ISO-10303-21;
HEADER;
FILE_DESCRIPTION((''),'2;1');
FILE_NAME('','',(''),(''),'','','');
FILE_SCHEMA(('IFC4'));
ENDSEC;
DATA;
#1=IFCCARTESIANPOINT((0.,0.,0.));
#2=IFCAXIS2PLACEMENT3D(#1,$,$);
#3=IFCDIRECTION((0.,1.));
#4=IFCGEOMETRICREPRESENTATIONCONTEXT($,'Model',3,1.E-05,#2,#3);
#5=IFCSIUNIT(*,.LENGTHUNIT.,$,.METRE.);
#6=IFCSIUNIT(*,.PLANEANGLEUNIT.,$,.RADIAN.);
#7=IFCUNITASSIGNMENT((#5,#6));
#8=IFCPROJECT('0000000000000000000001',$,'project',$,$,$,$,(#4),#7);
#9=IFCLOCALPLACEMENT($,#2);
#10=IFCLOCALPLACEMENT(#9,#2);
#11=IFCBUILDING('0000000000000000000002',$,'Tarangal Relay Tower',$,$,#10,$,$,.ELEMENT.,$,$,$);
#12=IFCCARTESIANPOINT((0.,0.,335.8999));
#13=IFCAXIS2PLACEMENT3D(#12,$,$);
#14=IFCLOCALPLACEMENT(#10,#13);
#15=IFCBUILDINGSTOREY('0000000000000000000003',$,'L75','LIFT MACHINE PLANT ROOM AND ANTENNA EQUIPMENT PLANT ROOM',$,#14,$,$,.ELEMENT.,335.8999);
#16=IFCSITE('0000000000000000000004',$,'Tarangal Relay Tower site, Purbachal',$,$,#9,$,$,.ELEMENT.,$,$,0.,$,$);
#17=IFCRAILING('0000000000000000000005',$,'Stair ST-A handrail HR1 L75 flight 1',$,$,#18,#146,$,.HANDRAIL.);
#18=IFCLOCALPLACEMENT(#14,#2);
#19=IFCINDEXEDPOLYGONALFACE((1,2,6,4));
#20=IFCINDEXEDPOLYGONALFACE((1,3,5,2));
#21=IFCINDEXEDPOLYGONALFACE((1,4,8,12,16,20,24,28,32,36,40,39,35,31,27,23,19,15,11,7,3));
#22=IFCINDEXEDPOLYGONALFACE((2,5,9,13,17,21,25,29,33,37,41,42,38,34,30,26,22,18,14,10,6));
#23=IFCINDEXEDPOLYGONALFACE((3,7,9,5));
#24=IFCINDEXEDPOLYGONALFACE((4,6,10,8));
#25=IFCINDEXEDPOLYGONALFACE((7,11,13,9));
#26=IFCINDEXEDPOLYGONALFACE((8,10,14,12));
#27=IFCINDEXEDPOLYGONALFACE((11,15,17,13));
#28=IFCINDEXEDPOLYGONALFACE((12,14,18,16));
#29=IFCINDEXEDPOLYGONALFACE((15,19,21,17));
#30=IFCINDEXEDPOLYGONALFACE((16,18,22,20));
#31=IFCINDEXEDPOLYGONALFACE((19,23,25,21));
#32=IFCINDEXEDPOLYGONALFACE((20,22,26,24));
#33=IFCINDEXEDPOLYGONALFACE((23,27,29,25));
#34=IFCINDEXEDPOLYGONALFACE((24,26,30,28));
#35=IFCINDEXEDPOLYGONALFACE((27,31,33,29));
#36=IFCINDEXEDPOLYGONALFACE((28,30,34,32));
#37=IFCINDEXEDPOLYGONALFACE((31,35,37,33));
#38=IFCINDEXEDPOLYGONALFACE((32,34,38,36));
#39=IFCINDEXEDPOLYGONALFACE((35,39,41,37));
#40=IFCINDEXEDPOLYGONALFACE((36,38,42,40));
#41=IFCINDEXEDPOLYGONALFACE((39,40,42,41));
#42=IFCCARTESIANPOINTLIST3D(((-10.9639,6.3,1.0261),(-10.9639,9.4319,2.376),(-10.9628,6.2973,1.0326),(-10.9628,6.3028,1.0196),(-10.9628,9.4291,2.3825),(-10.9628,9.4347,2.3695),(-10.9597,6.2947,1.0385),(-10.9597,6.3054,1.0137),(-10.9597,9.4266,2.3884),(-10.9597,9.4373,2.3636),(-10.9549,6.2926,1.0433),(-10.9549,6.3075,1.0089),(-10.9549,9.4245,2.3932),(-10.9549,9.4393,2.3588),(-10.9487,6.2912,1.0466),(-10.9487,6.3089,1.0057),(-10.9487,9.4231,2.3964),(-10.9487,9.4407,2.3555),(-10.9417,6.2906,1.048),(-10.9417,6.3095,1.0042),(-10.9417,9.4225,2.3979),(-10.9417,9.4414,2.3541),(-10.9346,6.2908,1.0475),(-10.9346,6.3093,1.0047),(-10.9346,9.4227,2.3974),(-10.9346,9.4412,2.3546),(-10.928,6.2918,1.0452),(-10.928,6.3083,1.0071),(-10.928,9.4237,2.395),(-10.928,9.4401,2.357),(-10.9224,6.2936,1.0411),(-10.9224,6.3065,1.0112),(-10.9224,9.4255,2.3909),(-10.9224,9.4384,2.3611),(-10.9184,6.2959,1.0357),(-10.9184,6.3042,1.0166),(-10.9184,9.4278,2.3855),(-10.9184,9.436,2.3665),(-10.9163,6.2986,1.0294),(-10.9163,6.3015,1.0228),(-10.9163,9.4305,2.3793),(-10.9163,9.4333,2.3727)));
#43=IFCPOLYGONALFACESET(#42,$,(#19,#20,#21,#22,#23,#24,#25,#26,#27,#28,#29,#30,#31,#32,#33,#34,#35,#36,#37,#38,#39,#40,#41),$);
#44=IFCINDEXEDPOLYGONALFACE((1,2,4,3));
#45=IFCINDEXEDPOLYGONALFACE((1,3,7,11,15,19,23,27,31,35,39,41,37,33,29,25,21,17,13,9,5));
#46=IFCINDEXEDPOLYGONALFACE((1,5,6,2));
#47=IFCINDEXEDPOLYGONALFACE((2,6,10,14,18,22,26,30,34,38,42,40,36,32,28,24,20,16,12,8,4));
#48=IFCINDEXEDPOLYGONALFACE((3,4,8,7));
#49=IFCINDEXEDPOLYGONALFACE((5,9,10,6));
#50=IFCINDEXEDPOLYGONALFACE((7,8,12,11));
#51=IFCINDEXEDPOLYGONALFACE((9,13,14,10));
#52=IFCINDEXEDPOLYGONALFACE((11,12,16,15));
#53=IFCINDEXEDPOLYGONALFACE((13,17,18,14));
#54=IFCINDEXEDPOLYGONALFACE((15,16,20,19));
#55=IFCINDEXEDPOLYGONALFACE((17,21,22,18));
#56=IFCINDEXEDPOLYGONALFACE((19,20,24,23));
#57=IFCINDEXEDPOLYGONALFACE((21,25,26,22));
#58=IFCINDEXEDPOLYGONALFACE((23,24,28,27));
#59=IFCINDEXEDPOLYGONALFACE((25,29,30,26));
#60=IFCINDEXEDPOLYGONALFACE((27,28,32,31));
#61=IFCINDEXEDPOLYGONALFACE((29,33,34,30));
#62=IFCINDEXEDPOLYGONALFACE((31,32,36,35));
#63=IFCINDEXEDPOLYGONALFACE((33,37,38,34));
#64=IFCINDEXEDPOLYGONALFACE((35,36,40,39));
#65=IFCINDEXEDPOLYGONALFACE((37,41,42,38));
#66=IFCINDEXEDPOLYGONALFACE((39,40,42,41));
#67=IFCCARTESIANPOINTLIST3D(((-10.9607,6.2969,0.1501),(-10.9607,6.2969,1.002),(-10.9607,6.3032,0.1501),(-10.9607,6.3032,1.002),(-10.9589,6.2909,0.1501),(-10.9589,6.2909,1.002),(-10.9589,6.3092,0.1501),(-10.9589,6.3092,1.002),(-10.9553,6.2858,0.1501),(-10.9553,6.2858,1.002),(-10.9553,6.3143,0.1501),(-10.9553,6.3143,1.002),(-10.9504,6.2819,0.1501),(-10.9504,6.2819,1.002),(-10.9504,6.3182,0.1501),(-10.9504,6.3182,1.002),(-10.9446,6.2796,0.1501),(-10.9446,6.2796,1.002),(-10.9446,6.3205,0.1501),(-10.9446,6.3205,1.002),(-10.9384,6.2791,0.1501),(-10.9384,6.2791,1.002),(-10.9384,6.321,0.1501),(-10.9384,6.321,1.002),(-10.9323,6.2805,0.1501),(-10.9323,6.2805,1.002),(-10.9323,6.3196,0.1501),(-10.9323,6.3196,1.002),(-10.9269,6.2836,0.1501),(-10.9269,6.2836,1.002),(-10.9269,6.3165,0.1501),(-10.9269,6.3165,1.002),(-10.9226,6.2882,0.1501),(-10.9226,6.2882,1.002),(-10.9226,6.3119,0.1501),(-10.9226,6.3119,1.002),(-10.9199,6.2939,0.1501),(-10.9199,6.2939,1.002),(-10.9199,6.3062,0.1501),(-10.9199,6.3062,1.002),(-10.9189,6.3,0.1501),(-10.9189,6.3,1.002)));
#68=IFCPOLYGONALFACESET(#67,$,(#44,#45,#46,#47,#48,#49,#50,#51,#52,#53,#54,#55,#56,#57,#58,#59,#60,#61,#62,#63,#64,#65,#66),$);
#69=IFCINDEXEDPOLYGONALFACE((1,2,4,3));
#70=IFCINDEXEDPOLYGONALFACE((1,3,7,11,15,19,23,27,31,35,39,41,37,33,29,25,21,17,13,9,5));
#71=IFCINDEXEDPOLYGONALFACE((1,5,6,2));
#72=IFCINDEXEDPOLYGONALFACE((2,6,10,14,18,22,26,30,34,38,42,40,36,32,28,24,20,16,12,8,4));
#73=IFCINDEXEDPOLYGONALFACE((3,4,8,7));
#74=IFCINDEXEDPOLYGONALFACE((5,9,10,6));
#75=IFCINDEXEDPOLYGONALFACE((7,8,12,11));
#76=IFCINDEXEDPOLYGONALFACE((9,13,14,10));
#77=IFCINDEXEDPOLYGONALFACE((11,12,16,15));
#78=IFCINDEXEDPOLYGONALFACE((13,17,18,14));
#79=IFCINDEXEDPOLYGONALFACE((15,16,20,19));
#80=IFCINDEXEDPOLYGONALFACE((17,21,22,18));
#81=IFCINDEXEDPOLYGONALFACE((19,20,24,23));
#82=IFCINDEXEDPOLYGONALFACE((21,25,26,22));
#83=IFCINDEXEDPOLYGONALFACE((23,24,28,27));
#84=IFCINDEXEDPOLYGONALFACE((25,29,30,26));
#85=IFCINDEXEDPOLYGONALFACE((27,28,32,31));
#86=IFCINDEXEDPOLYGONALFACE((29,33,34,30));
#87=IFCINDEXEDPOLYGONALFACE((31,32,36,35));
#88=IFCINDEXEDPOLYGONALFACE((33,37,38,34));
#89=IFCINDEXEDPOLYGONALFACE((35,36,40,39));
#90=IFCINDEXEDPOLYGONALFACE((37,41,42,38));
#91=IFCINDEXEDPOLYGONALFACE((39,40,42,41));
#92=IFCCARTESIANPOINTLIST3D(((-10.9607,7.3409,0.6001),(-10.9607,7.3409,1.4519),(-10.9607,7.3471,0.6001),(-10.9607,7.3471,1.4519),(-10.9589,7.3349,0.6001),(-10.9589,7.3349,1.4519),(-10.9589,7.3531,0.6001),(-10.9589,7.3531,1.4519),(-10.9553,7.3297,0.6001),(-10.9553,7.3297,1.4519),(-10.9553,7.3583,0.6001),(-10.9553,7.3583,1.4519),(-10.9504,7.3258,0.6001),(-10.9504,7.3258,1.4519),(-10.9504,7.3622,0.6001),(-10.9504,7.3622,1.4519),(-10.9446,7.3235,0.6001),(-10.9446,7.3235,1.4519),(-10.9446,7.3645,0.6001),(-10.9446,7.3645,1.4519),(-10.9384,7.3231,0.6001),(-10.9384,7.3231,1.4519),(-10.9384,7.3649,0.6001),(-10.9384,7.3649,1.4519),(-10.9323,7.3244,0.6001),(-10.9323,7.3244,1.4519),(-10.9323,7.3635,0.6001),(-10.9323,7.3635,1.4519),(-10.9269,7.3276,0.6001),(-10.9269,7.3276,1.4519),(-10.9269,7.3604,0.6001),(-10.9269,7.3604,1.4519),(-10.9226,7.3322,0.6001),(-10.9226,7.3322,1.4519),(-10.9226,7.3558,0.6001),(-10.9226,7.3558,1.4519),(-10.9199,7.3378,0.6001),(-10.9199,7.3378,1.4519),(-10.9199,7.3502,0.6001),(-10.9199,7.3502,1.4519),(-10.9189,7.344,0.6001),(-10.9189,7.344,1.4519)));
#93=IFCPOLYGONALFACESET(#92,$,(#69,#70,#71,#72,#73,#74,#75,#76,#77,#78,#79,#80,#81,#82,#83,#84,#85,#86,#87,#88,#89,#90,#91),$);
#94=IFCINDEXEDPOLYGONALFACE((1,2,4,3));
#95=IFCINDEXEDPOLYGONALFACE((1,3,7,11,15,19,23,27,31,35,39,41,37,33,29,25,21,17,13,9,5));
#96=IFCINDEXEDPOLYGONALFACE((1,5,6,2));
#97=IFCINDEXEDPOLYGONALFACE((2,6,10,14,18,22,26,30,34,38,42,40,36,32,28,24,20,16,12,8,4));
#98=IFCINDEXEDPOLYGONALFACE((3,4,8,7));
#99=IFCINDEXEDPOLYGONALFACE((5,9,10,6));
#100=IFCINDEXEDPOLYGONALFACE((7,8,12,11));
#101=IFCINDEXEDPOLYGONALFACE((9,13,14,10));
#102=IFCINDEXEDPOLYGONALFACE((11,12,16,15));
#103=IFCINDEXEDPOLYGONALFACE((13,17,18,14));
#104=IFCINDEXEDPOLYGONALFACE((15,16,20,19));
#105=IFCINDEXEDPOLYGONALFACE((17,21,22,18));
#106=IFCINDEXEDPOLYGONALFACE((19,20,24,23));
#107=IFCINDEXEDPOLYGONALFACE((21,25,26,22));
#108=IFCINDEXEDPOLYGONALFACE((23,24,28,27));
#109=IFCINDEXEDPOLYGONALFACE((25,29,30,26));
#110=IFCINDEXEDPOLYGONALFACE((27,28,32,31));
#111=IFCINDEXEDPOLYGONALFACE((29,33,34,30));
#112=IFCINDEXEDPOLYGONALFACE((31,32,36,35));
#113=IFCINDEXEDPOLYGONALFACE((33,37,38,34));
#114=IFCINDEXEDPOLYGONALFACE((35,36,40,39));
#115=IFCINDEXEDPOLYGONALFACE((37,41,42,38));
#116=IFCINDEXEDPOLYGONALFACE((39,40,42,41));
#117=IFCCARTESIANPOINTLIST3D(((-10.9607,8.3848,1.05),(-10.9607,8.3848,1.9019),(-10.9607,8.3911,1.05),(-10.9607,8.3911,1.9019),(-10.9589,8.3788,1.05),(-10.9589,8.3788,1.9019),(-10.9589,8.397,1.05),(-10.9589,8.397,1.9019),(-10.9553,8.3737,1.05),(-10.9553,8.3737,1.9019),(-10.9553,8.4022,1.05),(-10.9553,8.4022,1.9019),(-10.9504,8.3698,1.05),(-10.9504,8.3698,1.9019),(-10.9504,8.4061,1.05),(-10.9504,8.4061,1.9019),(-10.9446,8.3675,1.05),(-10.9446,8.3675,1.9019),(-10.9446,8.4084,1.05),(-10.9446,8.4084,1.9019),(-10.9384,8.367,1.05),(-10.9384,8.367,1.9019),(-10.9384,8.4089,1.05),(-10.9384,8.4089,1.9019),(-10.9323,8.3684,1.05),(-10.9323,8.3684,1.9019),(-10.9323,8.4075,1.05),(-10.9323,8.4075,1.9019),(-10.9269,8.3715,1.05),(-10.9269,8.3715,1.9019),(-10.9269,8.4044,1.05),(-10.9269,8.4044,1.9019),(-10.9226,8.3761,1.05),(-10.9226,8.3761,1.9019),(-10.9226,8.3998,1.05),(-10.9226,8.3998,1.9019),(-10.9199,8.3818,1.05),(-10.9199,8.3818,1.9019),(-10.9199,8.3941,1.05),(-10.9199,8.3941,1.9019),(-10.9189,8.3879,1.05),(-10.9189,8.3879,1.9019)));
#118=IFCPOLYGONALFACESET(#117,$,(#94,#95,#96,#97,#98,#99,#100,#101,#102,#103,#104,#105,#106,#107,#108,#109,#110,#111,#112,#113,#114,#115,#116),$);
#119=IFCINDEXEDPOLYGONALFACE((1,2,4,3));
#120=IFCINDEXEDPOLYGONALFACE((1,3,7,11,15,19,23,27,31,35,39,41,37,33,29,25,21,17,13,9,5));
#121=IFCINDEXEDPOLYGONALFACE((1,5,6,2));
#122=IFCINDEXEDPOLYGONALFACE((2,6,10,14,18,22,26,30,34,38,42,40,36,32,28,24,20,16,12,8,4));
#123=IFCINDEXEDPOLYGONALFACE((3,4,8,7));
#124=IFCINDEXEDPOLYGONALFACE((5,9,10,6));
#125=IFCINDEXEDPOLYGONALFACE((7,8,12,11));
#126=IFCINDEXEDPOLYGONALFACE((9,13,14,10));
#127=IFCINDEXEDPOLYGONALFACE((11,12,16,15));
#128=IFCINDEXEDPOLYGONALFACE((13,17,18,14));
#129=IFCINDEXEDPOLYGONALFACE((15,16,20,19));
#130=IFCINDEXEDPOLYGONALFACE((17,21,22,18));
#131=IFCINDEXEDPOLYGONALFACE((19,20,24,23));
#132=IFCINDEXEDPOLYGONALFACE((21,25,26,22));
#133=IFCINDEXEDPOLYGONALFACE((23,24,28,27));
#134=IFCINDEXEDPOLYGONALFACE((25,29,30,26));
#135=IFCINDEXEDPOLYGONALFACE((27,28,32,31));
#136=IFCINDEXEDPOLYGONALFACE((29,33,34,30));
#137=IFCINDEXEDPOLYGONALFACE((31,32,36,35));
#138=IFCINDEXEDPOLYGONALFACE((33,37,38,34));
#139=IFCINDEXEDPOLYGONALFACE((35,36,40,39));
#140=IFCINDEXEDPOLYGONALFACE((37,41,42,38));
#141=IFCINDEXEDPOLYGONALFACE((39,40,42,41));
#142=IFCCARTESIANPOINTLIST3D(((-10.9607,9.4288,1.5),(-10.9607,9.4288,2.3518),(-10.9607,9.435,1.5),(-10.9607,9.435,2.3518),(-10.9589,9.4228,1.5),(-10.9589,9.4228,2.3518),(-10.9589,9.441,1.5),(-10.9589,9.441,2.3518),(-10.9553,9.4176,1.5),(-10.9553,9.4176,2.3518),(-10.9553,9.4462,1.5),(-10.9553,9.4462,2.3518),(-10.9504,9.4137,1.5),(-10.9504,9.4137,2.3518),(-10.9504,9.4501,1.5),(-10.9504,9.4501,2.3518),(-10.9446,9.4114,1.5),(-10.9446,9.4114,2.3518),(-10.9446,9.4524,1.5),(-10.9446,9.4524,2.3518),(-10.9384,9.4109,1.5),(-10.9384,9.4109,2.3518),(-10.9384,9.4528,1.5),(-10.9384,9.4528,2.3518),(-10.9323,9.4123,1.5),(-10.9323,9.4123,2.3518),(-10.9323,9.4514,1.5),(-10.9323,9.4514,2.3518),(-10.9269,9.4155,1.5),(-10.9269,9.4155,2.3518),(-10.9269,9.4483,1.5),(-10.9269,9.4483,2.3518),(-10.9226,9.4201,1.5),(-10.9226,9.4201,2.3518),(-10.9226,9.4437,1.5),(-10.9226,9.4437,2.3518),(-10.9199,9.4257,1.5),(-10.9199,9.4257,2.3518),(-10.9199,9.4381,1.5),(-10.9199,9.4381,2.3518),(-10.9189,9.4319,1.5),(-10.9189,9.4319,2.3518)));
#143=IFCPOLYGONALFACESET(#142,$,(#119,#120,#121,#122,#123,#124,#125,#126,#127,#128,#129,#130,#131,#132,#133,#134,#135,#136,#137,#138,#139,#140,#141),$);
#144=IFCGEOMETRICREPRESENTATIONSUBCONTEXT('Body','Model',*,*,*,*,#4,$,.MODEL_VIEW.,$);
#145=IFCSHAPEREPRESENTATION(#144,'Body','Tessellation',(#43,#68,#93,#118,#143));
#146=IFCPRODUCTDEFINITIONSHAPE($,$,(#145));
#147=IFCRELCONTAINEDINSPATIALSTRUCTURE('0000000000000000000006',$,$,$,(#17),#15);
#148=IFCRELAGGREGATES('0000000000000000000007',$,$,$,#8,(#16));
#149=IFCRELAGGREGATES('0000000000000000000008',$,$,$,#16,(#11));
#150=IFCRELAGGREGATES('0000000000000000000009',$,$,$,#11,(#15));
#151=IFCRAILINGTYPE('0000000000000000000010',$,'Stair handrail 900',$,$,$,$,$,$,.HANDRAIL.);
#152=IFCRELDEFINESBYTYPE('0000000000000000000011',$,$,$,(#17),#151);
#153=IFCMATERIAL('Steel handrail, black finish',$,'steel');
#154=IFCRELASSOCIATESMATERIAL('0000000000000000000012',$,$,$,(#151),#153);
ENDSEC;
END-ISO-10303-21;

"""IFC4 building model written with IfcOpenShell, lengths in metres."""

from ifc_helpers import new_model, si_unit, direction, frame, origin, origin_2d, place, context, subcontext, project, spatial, circle, extrude, material, type_object, element, save


model = new_model("IFC4")

# Units and contexts
model_context = context("Model", 3, precision=1e-05, world=origin(), true_north=direction((0.0, 1.0)))
body_context = subcontext(model_context, "Body", "Model", "MODEL_VIEW")
ifc_project = project(units=[si_unit("LENGTHUNIT", "METRE"), si_unit("PLANEANGLEUNIT", "RADIAN")], contexts=[model_context])

# Site, building, storey
site_placement = place(None, origin())
site = spatial("IfcSite", under=ifc_project, at=site_placement, Name="Tarangal Relay Tower site, Purbachal", CompositionType="ELEMENT", RefElevation=0.0)
building_placement = place(site_placement, origin())
building = spatial("IfcBuilding", under=site, at=building_placement, Name="Tarangal Relay Tower", CompositionType="ELEMENT")
storey_placement = place(building_placement, frame((0.0, 0.0, 335.8999)))
storey = spatial("IfcBuildingStorey", under=building, at=storey_placement, Name="L75", Description="LIFT MACHINE PLANT ROOM AND ANTENNA EQUIPMENT PLANT ROOM", CompositionType="ELEMENT", Elevation=335.8999)

# Railing
ifc_material_1 = material(Name="Steel handrail, black finish", Category="steel")
railing_type = type_object("IfcRailingType", Name="Stair handrail 900", PredefinedType="HANDRAIL", material=ifc_material_1)
for number, where, name in (
    (1, (-10.9399, 6.3, 0.1501), "Stair ST-A handrail HR1 L75 flight 1"),
):
    element("IfcRailing", number, at=place(storey_placement, frame(where)), inside=storey, type_object=railing_type, Name=name, PredefinedType="HANDRAIL", context=body_context, shape_type="SweptSolid", body=[
        extrude(circle(Radius=0.0239, at=origin_2d()), frame((0.0, 0.0, 0.876), z_axis=(0.0, 0.918332, 0.395811), x_axis=(-1.0, 0.0, 0.0)), (0.0, 0.0, 1.0), 3.4104),
        extrude(circle(Radius=0.021, at=origin_2d()), origin(), (0.0, 0.0, 1.0), 0.8518),
        extrude(circle(Radius=0.021, at=origin_2d()), frame((0.0, 1.0439, 0.45)), (0.0, 0.0, 1.0), 0.8518),
        extrude(circle(Radius=0.021, at=origin_2d()), frame((0.0, 2.0879, 0.8999)), (0.0, 0.0, 1.0), 0.8518),
        extrude(circle(Radius=0.021, at=origin_2d()), frame((0.0, 3.1318, 1.3499)), (0.0, 0.0, 1.0), 0.8518),
    ])

save(model, "model.ifc")
